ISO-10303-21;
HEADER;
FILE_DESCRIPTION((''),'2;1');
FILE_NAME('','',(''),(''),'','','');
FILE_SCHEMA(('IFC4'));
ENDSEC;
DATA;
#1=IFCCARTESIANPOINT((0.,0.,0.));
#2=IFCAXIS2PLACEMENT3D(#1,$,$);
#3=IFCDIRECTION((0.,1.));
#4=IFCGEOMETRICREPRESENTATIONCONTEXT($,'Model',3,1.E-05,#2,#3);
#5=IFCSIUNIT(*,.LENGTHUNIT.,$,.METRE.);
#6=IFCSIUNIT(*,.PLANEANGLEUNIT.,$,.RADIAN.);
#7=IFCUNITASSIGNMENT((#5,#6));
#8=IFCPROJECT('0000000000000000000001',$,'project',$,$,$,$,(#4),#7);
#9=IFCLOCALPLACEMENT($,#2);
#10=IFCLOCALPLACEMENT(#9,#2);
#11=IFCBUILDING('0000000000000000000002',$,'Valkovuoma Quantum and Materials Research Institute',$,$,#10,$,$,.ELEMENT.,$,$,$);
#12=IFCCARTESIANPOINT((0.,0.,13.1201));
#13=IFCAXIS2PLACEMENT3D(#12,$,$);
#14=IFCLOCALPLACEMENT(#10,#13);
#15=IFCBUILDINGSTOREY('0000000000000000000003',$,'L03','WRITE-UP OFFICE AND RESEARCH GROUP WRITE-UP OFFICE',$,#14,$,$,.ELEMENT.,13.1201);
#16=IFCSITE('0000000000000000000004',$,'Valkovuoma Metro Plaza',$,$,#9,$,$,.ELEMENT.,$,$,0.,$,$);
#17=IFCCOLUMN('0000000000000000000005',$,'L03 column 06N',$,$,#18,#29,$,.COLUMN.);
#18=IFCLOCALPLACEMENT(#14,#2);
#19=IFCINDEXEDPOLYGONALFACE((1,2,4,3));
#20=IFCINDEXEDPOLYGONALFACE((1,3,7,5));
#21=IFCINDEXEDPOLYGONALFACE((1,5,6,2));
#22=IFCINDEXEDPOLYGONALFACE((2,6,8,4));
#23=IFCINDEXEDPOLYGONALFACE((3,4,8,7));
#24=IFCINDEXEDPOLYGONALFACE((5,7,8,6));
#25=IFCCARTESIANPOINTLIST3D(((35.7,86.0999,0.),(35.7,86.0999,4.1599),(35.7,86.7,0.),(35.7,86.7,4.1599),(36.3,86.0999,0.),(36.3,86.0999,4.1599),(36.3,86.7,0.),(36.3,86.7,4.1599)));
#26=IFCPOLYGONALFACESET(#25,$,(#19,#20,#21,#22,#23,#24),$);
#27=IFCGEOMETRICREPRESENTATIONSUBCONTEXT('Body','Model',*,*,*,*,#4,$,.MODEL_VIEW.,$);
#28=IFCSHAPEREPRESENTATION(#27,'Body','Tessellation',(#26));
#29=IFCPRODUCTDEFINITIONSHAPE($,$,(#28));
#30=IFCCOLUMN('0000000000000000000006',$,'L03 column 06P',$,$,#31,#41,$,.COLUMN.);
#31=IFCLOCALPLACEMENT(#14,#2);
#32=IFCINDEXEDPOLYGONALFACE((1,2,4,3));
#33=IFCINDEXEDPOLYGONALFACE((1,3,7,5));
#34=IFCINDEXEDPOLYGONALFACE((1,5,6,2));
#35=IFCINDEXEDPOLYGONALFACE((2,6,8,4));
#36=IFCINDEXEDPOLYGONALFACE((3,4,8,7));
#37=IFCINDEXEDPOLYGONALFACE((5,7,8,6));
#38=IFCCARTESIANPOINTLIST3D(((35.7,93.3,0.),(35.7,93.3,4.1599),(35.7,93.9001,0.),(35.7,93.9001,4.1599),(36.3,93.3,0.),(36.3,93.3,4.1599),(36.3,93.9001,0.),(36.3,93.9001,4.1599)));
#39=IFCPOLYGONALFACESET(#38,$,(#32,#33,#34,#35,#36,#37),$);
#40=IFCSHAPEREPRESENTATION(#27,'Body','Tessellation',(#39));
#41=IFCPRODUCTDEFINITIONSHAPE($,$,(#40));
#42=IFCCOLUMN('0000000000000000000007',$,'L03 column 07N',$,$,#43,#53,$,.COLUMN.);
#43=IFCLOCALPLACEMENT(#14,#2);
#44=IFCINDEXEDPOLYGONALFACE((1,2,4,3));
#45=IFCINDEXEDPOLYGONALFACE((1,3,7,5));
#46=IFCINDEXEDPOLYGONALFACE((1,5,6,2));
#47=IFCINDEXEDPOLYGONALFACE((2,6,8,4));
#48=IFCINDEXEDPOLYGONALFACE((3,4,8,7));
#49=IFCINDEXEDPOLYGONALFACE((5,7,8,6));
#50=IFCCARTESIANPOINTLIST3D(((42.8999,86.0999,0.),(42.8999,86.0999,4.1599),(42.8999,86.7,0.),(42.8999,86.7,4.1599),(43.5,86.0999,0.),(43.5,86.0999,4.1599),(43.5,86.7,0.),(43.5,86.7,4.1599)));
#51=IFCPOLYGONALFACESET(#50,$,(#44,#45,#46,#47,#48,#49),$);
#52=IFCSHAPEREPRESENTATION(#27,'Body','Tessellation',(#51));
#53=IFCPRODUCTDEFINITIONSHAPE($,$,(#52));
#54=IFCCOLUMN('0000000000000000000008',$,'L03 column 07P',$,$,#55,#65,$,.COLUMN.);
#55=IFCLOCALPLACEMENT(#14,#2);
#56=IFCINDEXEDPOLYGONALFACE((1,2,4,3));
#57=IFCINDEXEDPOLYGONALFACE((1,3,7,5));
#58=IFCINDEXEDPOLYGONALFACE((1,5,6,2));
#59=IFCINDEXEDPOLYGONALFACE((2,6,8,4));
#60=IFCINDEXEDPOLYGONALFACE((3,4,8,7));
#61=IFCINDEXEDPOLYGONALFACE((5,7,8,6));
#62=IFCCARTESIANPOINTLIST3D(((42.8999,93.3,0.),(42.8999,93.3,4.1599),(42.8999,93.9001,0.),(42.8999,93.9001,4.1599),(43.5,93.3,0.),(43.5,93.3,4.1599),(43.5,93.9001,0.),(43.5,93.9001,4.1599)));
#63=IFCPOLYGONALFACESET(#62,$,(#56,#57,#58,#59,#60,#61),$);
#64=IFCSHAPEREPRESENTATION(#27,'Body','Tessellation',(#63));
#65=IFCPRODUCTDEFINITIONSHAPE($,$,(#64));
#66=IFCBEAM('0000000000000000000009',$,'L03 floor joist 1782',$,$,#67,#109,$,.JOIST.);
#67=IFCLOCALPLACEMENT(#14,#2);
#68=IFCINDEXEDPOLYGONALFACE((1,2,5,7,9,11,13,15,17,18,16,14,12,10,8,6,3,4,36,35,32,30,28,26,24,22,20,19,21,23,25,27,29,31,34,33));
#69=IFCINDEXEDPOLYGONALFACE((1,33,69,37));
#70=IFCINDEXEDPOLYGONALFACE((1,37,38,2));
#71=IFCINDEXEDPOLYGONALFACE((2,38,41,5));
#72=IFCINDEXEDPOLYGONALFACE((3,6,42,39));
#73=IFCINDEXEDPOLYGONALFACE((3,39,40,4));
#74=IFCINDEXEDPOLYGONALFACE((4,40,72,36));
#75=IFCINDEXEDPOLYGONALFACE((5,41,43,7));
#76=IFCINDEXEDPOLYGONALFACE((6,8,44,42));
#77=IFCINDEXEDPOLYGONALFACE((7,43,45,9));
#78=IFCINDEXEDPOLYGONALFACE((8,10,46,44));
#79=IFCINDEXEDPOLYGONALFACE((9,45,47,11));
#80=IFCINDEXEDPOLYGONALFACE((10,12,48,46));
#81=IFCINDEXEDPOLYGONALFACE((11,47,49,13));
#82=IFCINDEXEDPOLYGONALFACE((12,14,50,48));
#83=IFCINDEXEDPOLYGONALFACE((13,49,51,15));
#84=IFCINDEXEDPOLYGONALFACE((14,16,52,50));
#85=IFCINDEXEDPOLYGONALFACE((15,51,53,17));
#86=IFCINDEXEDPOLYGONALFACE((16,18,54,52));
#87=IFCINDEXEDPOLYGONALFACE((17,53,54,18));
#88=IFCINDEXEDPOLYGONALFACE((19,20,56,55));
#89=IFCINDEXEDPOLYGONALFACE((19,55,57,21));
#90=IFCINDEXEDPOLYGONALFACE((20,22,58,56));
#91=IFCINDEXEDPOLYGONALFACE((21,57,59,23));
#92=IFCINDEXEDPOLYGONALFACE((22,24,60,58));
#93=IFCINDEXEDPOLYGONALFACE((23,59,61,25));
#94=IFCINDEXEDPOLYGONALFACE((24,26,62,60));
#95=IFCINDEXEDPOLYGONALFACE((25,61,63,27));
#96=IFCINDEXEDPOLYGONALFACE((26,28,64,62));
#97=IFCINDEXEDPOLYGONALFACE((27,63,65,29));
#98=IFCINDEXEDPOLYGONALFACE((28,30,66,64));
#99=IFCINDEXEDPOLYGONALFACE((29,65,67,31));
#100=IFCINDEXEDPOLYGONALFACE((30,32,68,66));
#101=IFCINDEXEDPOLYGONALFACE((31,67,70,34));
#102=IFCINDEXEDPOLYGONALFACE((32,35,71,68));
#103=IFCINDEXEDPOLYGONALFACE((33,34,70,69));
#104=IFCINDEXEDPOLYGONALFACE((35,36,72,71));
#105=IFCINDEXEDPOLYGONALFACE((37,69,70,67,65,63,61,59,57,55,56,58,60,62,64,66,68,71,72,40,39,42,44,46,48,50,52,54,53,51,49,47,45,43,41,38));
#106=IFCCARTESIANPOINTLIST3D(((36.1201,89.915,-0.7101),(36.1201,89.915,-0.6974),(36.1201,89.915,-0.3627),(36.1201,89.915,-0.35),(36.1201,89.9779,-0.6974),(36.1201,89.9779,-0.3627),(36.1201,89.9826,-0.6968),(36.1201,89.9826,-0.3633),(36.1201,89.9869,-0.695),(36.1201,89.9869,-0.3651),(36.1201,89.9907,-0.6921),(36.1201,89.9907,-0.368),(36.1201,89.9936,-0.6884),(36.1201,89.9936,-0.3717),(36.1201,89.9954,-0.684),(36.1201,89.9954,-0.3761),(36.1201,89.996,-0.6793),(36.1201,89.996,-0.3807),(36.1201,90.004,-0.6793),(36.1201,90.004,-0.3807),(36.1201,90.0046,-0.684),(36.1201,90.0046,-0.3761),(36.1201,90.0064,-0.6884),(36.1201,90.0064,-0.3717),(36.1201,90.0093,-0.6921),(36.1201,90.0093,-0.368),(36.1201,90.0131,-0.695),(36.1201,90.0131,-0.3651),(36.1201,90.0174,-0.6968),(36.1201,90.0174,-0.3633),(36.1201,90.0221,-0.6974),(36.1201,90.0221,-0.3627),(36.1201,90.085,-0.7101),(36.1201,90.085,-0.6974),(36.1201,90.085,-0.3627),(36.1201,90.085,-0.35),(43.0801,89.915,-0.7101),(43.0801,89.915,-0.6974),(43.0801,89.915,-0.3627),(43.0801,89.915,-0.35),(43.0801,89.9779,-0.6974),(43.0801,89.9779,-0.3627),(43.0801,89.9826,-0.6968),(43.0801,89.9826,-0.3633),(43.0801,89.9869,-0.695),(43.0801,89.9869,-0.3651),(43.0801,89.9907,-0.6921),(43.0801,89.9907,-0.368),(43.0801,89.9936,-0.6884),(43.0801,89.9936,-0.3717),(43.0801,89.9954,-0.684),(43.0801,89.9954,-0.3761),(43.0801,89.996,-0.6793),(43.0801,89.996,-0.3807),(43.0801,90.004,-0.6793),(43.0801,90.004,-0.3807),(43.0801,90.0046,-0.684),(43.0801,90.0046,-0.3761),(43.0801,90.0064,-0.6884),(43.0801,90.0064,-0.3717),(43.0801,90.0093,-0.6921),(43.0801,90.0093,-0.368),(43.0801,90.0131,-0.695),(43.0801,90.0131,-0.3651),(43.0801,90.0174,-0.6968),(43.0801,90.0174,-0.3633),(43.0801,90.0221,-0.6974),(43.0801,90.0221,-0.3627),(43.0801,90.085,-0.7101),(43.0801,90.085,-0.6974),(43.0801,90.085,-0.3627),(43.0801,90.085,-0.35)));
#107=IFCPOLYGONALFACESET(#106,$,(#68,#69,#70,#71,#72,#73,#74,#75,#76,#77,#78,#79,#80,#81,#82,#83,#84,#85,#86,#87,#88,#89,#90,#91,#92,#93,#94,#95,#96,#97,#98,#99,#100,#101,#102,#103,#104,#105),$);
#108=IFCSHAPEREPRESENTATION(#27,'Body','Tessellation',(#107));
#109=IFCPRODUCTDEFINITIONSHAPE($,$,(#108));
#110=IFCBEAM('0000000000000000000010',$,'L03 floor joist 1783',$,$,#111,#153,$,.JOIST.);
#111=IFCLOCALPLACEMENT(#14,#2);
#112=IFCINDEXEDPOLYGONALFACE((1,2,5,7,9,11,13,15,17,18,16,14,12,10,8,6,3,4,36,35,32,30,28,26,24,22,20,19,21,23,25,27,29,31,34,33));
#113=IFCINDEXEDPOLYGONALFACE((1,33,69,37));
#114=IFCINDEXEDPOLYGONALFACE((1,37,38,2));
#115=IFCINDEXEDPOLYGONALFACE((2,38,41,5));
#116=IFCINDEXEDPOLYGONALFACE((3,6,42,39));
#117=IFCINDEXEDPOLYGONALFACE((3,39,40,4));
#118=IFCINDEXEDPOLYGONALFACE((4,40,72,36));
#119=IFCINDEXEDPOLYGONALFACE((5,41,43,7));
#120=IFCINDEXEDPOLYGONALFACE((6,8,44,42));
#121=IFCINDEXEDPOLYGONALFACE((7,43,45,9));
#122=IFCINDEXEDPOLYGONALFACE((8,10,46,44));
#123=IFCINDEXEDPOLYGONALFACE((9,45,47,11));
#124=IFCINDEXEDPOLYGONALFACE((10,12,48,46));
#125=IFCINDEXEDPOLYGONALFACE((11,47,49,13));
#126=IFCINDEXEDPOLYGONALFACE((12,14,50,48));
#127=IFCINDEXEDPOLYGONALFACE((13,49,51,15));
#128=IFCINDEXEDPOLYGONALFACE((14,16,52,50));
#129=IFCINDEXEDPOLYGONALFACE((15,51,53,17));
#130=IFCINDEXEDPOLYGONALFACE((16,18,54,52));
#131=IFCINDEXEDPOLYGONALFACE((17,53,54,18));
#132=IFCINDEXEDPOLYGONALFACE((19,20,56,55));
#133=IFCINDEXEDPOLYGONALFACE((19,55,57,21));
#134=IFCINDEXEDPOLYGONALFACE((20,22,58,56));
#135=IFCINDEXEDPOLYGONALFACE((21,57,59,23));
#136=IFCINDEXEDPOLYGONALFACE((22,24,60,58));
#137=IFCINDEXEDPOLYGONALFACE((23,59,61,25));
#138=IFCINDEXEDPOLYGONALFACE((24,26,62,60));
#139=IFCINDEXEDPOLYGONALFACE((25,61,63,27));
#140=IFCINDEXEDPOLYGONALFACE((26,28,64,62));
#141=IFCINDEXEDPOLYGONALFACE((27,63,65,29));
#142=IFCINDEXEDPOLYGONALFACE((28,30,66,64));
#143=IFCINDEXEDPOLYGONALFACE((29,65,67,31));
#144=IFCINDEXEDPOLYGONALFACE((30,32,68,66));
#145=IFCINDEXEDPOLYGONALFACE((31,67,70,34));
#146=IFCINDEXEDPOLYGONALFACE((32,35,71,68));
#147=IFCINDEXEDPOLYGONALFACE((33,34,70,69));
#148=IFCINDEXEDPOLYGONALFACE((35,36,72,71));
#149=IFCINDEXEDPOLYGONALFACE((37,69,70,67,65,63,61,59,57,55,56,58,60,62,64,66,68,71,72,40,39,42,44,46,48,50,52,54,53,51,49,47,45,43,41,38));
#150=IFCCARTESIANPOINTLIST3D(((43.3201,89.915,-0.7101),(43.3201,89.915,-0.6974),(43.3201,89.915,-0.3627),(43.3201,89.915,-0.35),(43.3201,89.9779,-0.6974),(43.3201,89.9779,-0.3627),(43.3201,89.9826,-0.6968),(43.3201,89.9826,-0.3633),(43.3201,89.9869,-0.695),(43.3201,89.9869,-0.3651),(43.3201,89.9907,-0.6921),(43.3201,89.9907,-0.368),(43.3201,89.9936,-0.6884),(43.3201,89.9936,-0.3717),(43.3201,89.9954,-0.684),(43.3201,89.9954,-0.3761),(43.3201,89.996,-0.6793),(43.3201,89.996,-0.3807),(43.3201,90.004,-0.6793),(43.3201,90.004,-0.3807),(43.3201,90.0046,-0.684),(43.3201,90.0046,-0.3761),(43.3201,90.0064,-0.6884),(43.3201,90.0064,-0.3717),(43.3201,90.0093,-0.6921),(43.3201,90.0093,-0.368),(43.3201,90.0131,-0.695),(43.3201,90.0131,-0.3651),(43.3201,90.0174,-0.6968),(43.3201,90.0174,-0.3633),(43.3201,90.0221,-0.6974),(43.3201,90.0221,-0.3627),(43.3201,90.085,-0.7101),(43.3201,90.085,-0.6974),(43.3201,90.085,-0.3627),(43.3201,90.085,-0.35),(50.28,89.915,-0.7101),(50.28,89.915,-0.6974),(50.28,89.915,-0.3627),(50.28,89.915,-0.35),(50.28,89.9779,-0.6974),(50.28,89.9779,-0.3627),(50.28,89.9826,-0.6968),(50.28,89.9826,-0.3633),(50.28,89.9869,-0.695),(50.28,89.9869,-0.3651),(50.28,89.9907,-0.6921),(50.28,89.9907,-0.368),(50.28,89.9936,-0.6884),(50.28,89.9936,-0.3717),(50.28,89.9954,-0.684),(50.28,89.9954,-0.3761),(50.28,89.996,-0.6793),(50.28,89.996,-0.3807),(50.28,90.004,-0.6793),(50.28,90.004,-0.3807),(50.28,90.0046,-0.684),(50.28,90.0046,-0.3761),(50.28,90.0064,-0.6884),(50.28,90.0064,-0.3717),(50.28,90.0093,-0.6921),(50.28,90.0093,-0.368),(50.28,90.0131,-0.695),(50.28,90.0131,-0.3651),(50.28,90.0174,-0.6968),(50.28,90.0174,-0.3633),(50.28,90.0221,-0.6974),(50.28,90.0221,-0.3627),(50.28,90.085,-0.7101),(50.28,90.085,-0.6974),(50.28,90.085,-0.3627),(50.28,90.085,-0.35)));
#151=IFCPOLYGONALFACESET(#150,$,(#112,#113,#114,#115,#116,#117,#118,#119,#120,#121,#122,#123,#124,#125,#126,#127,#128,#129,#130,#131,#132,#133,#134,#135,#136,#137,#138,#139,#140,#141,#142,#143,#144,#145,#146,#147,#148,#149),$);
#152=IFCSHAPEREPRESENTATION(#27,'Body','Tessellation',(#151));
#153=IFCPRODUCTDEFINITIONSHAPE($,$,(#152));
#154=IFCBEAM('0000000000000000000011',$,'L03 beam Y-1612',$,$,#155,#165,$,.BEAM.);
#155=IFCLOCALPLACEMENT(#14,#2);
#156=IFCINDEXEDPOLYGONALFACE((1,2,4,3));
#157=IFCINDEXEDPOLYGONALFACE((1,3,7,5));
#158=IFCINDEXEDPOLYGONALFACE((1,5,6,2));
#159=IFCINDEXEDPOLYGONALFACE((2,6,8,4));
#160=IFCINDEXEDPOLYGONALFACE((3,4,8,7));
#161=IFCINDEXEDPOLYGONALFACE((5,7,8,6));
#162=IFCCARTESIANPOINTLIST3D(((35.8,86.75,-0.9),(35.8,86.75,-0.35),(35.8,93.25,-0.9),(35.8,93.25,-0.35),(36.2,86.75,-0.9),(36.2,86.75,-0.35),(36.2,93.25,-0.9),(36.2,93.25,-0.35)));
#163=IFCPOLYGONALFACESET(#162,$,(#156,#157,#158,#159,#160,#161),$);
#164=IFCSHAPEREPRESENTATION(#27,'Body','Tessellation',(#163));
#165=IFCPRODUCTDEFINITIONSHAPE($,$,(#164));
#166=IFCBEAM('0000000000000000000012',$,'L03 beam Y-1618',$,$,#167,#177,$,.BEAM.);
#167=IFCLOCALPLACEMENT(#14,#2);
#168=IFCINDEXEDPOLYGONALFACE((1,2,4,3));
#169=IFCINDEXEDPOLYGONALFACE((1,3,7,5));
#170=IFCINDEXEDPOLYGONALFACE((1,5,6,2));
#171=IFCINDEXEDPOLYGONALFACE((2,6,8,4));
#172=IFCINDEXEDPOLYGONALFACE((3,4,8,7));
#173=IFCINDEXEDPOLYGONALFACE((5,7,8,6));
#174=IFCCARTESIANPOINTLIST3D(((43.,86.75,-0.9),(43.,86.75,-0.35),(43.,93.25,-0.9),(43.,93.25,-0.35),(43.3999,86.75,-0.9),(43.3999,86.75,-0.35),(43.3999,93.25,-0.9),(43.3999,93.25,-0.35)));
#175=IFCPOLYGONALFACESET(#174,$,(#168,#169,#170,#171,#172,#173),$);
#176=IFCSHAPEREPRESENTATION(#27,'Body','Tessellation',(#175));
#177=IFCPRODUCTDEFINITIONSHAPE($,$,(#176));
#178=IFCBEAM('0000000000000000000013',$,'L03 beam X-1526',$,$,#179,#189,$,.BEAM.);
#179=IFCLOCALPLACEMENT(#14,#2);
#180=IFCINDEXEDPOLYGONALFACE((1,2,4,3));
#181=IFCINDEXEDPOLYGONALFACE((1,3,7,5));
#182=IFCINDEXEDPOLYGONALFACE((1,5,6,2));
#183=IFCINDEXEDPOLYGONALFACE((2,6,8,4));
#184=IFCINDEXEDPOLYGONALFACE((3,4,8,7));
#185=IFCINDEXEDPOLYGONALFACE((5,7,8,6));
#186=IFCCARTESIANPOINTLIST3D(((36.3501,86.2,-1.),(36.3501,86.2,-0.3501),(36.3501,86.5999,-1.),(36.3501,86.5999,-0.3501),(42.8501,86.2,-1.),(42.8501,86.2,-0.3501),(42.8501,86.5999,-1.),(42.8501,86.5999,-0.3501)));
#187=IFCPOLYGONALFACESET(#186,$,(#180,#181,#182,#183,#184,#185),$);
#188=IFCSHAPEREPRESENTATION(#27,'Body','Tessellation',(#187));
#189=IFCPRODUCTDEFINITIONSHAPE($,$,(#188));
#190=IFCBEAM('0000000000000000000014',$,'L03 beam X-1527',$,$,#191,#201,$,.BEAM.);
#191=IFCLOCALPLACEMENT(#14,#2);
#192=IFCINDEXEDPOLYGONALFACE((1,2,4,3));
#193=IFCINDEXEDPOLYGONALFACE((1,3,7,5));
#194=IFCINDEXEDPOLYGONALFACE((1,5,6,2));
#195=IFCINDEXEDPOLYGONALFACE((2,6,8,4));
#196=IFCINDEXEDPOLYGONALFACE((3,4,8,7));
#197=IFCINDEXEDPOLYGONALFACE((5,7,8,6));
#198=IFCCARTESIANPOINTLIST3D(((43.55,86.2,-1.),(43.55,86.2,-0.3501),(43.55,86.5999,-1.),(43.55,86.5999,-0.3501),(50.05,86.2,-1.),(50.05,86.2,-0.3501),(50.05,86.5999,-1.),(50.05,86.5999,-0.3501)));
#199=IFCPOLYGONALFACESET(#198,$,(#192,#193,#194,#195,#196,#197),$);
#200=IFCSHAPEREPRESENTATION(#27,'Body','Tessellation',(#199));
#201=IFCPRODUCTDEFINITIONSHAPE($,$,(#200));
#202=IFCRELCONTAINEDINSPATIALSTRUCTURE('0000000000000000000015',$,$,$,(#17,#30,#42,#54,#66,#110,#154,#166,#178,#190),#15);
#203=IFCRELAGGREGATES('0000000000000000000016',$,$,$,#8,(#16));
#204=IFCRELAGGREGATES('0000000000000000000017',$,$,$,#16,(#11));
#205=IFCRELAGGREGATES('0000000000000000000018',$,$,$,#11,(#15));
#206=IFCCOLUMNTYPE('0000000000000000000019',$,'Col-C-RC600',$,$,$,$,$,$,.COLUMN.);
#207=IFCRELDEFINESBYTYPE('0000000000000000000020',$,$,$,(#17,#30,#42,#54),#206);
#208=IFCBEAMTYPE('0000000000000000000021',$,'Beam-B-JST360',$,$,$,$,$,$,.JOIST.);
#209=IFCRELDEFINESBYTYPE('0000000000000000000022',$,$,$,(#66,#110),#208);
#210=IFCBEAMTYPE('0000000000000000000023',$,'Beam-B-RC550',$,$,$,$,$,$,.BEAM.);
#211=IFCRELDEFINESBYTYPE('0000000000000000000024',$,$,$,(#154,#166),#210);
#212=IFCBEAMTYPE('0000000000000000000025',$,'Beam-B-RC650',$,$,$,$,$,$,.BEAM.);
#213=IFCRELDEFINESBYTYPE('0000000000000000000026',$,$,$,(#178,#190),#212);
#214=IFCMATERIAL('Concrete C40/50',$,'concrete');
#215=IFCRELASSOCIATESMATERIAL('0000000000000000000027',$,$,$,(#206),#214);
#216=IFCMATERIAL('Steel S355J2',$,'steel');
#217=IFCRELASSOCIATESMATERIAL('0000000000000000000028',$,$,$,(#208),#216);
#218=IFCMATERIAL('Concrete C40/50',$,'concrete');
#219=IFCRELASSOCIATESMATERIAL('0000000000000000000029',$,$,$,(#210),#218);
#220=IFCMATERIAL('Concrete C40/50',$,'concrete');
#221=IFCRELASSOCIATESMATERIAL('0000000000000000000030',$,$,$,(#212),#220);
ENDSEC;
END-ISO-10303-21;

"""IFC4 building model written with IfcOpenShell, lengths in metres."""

from ifc_helpers import new_model, si_unit, direction, frame, origin, origin_2d, place, context, subcontext, project, spatial, rectangle, i_section, extrude, material, material_profile, profile_set, type_object, element, save


model = new_model("IFC4")

# Units and contexts
model_context = context("Model", 3, precision=1e-05, world=origin(), true_north=direction((0.0, 1.0)))
body_context = subcontext(model_context, "Body", "Model", "MODEL_VIEW")
ifc_project = project(units=[si_unit("LENGTHUNIT", "METRE"), si_unit("PLANEANGLEUNIT", "RADIAN")], contexts=[model_context])

# Site, building, storey
site_placement = place(None, origin())
site = spatial("IfcSite", under=ifc_project, at=site_placement, Name="Valkovuoma Metro Plaza", CompositionType="ELEMENT", RefElevation=0.0)
building_placement = place(site_placement, origin())
building = spatial("IfcBuilding", under=site, at=building_placement, Name="Valkovuoma Quantum and Materials Research Institute", CompositionType="ELEMENT")
storey_placement = place(building_placement, frame((0.0, 0.0, 13.1201)))
storey = spatial("IfcBuildingStorey", under=building, at=storey_placement, Name="L03", Description="WRITE-UP OFFICE AND RESEARCH GROUP WRITE-UP OFFICE", CompositionType="ELEMENT", Elevation=13.1201)

# Columns
ifc_material_1 = material(Name="Concrete C40/50", Category="concrete")
ifc_material_profile_1 = material_profile(ifc_material_1, rectangle(XDim=0.6001, YDim=0.6001, at=origin_2d()), Name="Concrete C40/50")
ifc_profile_set_1 = profile_set([ifc_material_profile_1], Name="Concrete C40/50")
column_type = type_object("IfcColumnType", Name="Col-C-RC600", PredefinedType="COLUMN", material=ifc_profile_set_1)
for number, where, z_axis, x_axis, name in (
    (1, (36.0, 86.3999, 0.0), (0.0, 0.0, 1.0), (1.0, 0.0, 0.0), "L03 column 06N"),
    (2, (36.0, 93.6001, 0.0), (0.0, 0.0, 1.0), (1.0, 0.0, 0.0), "L03 column 06P"),
    (3, (43.2, 86.3999, 0.0), (0.0, 0.0, 1.0), (1.0, 0.0, 0.0), "L03 column 07N"),
    (4, (43.2, 93.6001, 0.0), (0.0, 0.0, 1.0), (1.0, 0.0, 0.0), "L03 column 07P"),
):
    element("IfcColumn", number, at=place(storey_placement, frame(where, z_axis=z_axis, x_axis=x_axis)), inside=storey, type_object=column_type, Name=name, PredefinedType="COLUMN", context=body_context, shape_type="SweptSolid", body=[
        extrude(rectangle(XDim=0.6001, YDim=0.6001, at=origin_2d()), origin(), (0.0, 0.0, 1.0), 4.1599),
    ])

# Beams
ifc_material_2 = material(Name="Steel S355J2", Category="steel")
ifc_material_profile_2 = material_profile(ifc_material_2, i_section(OverallWidth=0.1699, OverallDepth=0.3601, WebThickness=0.0081, FlangeThickness=0.0127, FilletRadius=0.0181, at=origin_2d()), Name="Steel S355J2")
ifc_profile_set_2 = profile_set([ifc_material_profile_2], Name="Steel S355J2")
beam_type_1 = type_object("IfcBeamType", Name="Beam-B-JST360", PredefinedType="JOIST", material=ifc_profile_set_2)
for number, where, z_axis, x_axis, name in (
    (5, (36.1201, 90.0, -0.53), (1.0, 0.0, 0.0), (0.0, 1.0, 0.0), "L03 floor joist 1782"),
    (6, (43.3201, 90.0, -0.53), (1.0, 0.0, 0.0), (0.0, 1.0, 0.0), "L03 floor joist 1783"),
):
    element("IfcBeam", number, at=place(storey_placement, frame(where, z_axis=z_axis, x_axis=x_axis)), inside=storey, type_object=beam_type_1, Name=name, PredefinedType="JOIST", context=body_context, shape_type="SweptSolid", body=[
        extrude(i_section(OverallWidth=0.1699, OverallDepth=0.3601, WebThickness=0.0081, FlangeThickness=0.0127, FilletRadius=0.0181, at=origin_2d()), origin(), (0.0, 0.0, 1.0), 6.96),
    ])
ifc_material_3 = material(Name="Concrete C40/50", Category="concrete")
ifc_material_profile_3 = material_profile(ifc_material_3, rectangle(XDim=0.3999, YDim=0.55, at=origin_2d()), Name="Concrete C40/50")
ifc_profile_set_3 = profile_set([ifc_material_profile_3], Name="Concrete C40/50")
beam_type_2 = type_object("IfcBeamType", Name="Beam-B-RC550", PredefinedType="BEAM", material=ifc_profile_set_3)
for number, where, z_axis, x_axis, name in (
    (7, (36.0, 86.75, -0.625), (0.0, 1.0, 0.0), (-1.0, 0.0, 0.0), "L03 beam Y-1612"),
    (8, (43.2, 86.75, -0.625), (0.0, 1.0, 0.0), (-1.0, 0.0, 0.0), "L03 beam Y-1618"),
):
    element("IfcBeam", number, at=place(storey_placement, frame(where, z_axis=z_axis, x_axis=x_axis)), inside=storey, type_object=beam_type_2, Name=name, PredefinedType="BEAM", context=body_context, shape_type="SweptSolid", body=[
        extrude(rectangle(XDim=0.3999, YDim=0.55, at=origin_2d()), origin(), (0.0, 0.0, 1.0), 6.5),
    ])
ifc_material_4 = material(Name="Concrete C40/50", Category="concrete")
ifc_material_profile_4 = material_profile(ifc_material_4, rectangle(XDim=0.3999, YDim=0.6499, at=origin_2d()), Name="Concrete C40/50")
ifc_profile_set_4 = profile_set([ifc_material_profile_4], Name="Concrete C40/50")
beam_type_3 = type_object("IfcBeamType", Name="Beam-B-RC650", PredefinedType="BEAM", material=ifc_profile_set_4)
for number, where, z_axis, x_axis, name in (
    (9, (36.3501, 86.3999, -0.675), (1.0, 0.0, 0.0), (0.0, 1.0, 0.0), "L03 beam X-1526"),
    (10, (43.55, 86.3999, -0.675), (1.0, 0.0, 0.0), (0.0, 1.0, 0.0), "L03 beam X-1527"),
):
    element("IfcBeam", number, at=place(storey_placement, frame(where, z_axis=z_axis, x_axis=x_axis)), inside=storey, type_object=beam_type_3, Name=name, PredefinedType="BEAM", context=body_context, shape_type="SweptSolid", body=[
        extrude(rectangle(XDim=0.3999, YDim=0.6499, at=origin_2d()), origin(), (0.0, 0.0, 1.0), 6.5),
    ])

save(model, "model.ifc")
